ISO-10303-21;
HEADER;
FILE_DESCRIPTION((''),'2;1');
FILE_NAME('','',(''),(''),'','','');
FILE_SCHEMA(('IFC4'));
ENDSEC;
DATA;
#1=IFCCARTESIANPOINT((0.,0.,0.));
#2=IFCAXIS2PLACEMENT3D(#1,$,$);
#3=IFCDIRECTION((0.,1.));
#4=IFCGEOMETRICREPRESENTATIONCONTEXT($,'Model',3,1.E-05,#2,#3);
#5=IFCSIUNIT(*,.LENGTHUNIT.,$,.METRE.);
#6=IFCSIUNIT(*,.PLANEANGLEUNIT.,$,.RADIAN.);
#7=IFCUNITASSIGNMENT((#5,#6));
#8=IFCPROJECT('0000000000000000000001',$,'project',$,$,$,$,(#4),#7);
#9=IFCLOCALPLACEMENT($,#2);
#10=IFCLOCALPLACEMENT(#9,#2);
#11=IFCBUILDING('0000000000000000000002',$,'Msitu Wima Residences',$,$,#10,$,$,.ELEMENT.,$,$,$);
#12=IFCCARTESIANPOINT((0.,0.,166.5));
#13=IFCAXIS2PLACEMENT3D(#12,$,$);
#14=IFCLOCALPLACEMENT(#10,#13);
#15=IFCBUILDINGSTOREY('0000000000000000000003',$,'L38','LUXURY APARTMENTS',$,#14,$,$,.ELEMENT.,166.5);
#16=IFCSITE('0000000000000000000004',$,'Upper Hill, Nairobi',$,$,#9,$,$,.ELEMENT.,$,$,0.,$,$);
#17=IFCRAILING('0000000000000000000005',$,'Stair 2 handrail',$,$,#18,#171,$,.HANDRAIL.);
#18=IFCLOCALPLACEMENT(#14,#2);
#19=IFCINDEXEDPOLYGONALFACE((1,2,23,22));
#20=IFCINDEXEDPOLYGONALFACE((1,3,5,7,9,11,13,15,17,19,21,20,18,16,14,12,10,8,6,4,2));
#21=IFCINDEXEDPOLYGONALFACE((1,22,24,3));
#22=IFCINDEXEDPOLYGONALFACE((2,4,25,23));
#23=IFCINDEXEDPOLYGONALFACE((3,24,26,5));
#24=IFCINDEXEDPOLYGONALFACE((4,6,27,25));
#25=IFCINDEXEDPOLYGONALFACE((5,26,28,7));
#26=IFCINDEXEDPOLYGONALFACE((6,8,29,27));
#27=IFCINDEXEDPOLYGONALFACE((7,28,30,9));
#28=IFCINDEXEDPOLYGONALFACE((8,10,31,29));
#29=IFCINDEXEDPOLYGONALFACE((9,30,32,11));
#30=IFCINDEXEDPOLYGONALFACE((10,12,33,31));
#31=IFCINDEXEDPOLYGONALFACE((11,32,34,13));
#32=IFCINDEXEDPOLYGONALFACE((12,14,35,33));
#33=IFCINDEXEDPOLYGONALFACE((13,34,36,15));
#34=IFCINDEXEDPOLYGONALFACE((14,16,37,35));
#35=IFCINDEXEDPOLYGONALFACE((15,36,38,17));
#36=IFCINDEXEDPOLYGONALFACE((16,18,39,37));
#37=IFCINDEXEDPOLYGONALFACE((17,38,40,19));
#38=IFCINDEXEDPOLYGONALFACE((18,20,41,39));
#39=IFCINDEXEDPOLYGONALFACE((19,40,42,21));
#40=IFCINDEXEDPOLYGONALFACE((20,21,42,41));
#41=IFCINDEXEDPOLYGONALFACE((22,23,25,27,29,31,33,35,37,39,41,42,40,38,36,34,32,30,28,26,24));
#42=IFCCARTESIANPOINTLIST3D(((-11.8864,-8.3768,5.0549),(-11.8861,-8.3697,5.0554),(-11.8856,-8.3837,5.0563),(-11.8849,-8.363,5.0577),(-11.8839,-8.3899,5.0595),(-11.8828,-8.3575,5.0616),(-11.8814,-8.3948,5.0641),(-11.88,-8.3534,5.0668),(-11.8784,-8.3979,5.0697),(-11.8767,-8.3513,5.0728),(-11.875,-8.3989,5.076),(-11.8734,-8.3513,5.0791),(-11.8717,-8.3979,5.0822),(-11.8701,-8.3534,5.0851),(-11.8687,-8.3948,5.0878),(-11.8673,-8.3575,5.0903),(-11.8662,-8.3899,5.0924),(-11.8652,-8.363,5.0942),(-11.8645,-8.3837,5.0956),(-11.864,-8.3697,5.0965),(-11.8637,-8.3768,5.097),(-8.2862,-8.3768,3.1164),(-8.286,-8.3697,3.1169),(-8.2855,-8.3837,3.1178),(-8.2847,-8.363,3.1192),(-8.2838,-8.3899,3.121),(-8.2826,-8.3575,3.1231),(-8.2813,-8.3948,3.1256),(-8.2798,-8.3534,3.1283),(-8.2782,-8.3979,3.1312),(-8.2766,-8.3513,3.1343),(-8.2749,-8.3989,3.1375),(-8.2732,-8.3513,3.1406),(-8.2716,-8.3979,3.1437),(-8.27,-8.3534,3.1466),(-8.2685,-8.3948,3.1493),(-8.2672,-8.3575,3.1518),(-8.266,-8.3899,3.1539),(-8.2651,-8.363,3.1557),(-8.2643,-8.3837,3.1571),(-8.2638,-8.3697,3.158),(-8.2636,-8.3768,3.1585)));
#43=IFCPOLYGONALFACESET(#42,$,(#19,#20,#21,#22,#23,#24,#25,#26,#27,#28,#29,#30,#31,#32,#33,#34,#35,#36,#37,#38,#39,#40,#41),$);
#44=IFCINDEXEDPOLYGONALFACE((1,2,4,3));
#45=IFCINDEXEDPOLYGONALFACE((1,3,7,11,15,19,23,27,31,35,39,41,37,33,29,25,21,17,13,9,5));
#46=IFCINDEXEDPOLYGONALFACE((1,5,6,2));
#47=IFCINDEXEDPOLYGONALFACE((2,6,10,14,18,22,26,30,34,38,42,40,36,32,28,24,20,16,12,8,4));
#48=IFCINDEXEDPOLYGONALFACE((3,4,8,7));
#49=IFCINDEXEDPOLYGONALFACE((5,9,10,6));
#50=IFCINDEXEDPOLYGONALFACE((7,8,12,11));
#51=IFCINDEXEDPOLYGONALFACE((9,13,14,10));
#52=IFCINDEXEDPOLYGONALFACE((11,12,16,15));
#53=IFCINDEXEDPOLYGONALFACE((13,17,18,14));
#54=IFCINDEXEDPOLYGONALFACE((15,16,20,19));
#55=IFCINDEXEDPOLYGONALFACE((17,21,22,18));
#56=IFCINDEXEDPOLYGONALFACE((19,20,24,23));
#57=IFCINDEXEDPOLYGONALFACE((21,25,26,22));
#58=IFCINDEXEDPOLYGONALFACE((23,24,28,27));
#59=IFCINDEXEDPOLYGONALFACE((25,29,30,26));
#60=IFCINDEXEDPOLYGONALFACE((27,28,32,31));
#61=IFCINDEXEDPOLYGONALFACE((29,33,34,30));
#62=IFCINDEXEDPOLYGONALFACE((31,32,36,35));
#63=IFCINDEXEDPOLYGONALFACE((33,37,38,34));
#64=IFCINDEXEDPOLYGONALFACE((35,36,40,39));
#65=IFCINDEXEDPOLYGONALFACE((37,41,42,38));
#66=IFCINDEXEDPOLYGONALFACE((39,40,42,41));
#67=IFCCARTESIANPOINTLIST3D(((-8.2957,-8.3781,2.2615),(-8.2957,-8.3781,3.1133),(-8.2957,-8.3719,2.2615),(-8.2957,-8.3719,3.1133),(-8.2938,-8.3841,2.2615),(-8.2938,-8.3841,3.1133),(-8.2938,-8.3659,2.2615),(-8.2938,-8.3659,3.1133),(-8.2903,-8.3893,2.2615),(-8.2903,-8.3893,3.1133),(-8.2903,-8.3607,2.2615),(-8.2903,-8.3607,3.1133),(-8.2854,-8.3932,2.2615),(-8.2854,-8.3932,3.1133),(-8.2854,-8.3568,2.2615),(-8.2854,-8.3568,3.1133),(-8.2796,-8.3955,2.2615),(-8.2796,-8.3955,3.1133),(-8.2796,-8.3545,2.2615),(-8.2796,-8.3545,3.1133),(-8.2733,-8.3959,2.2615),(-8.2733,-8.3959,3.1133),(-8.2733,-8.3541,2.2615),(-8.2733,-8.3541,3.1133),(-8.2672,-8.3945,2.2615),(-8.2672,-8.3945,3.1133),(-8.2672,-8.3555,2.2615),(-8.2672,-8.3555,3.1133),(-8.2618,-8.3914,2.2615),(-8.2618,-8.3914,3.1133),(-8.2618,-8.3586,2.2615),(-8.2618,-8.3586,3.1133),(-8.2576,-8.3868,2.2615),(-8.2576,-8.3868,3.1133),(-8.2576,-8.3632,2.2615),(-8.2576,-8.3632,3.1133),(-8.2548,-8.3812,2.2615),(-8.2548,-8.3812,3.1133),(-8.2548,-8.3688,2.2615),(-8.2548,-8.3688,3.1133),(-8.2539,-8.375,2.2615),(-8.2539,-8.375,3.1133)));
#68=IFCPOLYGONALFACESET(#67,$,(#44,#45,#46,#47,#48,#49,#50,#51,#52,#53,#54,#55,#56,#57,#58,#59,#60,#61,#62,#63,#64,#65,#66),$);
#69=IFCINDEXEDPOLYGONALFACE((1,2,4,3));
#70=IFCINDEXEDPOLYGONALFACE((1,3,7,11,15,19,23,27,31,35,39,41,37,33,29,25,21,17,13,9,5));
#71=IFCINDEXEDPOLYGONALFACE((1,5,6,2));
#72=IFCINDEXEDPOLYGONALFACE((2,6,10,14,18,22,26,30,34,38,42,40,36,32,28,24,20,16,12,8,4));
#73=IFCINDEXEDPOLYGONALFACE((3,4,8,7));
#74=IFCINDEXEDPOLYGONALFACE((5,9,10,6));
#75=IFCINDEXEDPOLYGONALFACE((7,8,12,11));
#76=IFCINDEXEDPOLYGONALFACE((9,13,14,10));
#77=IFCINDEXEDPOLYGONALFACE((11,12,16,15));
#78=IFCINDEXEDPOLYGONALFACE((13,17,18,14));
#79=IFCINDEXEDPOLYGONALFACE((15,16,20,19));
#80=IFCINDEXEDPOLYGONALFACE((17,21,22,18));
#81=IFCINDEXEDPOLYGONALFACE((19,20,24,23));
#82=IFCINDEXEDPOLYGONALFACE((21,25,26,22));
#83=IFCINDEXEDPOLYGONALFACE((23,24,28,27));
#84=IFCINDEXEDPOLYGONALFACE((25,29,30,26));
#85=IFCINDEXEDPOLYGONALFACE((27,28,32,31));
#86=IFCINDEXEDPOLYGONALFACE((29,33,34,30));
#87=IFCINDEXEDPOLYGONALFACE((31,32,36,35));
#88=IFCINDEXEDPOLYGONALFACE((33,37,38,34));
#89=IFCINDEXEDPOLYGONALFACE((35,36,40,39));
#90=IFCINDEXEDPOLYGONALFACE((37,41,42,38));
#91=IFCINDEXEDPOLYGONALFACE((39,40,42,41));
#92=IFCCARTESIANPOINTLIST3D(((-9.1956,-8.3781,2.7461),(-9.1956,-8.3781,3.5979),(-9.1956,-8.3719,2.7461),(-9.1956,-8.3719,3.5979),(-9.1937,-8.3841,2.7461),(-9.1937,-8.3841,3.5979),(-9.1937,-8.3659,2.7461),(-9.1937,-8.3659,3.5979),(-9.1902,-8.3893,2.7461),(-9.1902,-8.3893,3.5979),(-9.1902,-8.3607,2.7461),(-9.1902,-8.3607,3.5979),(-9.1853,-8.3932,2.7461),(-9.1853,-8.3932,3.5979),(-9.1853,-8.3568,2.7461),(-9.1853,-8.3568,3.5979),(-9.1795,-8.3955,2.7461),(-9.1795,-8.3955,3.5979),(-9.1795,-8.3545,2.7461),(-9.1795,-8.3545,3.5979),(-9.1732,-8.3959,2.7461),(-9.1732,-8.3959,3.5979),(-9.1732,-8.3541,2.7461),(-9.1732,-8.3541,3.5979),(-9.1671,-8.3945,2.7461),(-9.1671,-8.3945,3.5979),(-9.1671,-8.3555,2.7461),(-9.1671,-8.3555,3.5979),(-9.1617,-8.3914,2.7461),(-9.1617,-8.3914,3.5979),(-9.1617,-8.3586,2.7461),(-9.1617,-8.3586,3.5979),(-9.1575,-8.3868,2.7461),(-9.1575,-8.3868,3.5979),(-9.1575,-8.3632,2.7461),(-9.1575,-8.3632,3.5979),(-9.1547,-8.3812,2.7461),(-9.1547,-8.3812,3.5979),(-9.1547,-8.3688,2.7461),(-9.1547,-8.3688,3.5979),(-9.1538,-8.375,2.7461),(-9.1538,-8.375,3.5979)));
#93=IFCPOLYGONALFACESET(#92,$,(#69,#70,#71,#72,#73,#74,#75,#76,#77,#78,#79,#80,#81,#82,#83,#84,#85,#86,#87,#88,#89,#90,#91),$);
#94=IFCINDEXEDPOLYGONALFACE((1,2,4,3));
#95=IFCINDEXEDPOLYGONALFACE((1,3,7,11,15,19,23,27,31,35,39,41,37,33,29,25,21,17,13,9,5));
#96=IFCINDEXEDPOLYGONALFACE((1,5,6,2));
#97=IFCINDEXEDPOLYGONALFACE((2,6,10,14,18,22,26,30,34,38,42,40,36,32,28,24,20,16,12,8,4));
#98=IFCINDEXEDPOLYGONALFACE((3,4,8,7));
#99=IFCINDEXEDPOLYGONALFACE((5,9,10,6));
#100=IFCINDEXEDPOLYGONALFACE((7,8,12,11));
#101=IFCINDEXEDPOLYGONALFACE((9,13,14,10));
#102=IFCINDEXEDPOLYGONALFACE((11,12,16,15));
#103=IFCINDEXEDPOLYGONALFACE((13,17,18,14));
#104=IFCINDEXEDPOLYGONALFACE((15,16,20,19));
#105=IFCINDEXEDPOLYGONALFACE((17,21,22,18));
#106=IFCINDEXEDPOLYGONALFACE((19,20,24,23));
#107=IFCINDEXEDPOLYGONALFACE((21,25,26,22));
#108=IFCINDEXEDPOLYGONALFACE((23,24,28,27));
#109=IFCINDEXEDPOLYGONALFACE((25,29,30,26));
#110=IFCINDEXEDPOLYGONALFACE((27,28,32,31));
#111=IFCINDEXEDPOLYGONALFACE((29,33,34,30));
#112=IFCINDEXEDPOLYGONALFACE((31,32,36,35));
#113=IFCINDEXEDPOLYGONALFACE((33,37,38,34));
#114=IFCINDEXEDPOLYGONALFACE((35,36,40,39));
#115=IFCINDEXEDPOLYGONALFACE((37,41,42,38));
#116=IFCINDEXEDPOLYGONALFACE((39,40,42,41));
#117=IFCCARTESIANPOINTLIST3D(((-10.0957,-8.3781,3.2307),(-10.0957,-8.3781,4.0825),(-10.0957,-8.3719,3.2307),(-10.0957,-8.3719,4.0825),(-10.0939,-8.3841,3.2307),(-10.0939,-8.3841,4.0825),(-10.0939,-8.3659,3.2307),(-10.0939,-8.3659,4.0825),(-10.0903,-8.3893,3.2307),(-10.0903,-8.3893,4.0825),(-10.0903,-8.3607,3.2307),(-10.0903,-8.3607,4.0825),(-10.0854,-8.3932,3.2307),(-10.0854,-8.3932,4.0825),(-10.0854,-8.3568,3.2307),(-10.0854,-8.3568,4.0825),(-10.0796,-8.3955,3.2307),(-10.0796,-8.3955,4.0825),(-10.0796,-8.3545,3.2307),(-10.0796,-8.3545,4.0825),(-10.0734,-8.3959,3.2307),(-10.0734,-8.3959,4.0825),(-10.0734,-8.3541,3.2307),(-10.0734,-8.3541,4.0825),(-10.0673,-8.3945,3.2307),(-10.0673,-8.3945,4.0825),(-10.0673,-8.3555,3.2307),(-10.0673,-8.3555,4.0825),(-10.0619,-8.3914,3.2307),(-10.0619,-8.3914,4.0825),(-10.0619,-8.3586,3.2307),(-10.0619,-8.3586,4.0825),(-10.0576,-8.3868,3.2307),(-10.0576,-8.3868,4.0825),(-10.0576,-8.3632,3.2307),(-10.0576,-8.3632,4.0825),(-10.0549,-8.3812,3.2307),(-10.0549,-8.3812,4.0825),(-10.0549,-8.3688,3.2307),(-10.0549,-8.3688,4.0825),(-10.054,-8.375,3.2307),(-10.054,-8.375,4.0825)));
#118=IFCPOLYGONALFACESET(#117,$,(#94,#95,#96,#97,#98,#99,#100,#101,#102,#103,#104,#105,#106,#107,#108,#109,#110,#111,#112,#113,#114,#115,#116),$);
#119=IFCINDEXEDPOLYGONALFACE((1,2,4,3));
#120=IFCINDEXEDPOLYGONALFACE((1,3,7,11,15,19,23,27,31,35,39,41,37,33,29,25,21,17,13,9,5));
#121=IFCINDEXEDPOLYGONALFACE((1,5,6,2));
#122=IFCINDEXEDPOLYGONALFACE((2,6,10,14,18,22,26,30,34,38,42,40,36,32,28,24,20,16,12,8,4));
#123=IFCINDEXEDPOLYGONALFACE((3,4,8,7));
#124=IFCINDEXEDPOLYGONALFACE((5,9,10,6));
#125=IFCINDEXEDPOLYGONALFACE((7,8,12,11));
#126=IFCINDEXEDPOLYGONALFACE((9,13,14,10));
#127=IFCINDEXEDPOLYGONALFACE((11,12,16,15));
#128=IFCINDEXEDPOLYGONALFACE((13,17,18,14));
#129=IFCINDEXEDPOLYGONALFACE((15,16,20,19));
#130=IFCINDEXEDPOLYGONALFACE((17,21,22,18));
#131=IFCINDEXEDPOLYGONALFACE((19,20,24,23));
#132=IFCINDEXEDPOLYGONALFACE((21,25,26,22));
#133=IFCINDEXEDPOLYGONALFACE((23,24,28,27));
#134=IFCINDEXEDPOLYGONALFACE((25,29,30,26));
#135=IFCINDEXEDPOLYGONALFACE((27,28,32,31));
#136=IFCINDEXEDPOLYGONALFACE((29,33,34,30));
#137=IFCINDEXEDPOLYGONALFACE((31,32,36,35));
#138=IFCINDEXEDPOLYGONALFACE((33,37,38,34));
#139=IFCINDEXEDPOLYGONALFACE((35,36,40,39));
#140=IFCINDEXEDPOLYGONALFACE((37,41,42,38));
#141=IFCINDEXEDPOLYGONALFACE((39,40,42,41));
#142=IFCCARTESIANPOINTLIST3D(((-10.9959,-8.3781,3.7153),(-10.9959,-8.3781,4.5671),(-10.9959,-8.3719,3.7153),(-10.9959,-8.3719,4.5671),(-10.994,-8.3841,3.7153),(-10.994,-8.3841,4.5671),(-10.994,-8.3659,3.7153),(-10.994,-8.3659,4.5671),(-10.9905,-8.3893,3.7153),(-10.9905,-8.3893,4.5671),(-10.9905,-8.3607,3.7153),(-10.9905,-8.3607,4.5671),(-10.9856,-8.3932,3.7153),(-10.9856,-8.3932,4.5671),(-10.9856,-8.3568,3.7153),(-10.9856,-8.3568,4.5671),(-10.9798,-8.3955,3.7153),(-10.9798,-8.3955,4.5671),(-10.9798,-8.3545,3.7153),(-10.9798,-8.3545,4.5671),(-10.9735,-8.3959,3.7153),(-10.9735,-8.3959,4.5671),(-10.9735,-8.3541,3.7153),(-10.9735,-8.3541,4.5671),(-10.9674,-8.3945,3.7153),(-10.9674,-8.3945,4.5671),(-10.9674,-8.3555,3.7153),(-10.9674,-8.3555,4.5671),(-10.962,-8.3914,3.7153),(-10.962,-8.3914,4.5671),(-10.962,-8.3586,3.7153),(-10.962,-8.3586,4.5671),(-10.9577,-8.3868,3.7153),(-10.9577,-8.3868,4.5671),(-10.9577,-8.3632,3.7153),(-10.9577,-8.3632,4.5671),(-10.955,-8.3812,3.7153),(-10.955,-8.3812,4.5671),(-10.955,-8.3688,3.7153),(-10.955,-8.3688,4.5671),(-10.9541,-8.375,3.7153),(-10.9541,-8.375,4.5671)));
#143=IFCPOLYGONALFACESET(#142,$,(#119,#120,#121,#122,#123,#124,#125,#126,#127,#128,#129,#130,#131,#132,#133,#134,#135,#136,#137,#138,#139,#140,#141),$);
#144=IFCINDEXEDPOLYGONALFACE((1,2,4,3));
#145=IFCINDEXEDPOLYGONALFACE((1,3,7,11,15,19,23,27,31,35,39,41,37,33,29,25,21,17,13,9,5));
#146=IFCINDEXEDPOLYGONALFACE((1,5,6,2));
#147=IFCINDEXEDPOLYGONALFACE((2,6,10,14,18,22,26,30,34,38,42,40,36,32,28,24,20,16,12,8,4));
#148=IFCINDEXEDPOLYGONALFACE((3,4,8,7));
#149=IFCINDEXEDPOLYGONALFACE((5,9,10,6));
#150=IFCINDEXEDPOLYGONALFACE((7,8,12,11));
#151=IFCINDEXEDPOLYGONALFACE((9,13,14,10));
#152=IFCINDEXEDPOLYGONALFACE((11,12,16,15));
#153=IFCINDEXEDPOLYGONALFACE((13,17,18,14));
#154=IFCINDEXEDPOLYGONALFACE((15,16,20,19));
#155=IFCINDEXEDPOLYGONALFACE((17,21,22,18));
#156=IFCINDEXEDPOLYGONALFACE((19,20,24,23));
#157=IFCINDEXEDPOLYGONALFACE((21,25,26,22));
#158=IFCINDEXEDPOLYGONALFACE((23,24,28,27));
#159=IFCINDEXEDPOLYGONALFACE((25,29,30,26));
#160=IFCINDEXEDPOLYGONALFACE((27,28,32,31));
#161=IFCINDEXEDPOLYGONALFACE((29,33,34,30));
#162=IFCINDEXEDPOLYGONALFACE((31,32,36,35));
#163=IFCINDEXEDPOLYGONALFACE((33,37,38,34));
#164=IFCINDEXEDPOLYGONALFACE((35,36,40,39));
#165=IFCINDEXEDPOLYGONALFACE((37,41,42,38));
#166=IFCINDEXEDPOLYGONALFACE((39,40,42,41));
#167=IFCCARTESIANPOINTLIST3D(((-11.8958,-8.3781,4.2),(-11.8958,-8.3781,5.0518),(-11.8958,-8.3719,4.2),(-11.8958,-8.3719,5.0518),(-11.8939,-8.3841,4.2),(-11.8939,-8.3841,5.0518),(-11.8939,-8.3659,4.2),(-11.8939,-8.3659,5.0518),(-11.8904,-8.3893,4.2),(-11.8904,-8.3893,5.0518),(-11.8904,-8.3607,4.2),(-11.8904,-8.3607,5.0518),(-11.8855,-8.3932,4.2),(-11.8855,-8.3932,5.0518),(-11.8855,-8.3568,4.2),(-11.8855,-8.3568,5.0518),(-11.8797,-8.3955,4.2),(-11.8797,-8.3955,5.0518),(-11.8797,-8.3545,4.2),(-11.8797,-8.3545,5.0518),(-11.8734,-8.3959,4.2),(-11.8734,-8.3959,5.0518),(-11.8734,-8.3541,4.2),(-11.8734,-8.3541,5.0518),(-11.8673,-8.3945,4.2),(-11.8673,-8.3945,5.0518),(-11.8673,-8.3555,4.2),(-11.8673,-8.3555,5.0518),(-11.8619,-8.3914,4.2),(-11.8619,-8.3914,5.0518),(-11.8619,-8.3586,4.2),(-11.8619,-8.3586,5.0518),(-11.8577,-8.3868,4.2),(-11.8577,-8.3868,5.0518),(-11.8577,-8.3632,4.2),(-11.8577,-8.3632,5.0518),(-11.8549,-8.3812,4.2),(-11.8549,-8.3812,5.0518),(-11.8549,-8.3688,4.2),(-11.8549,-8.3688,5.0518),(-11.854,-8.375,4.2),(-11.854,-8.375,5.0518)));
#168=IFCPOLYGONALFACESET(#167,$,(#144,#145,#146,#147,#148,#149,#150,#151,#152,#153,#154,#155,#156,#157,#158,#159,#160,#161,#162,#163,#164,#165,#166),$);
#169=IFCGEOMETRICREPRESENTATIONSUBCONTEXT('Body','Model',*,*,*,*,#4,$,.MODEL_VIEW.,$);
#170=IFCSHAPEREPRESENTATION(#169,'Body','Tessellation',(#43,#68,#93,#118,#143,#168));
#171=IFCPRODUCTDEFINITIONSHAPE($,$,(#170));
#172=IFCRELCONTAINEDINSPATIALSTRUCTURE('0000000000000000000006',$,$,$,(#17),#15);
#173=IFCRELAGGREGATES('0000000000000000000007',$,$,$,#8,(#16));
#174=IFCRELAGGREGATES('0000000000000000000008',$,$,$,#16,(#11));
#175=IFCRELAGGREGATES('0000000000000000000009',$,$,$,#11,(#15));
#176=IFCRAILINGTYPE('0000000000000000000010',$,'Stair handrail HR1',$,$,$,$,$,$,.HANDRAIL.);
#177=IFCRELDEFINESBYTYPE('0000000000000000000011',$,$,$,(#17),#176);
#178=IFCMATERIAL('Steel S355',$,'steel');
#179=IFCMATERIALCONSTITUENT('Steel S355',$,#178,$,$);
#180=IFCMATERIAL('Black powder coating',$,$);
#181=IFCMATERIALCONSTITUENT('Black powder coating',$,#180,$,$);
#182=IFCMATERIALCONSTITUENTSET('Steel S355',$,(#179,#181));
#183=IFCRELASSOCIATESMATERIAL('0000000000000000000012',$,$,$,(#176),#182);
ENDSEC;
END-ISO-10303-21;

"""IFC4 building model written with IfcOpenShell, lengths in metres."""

from ifc_helpers import new_model, si_unit, direction, frame, origin, origin_2d, place, context, subcontext, project, spatial, circle, extrude, material, constituent, constituent_set, type_object, element, save


model = new_model("IFC4")

# Units and contexts
model_context = context("Model", 3, precision=1e-05, world=origin(), true_north=direction((0.0, 1.0)))
body_context = subcontext(model_context, "Body", "Model", "MODEL_VIEW")
ifc_project = project(units=[si_unit("LENGTHUNIT", "METRE"), si_unit("PLANEANGLEUNIT", "RADIAN")], contexts=[model_context])

# Site, building, storey
site_placement = place(None, origin())
site = spatial("IfcSite", under=ifc_project, at=site_placement, Name="Upper Hill, Nairobi", CompositionType="ELEMENT", RefElevation=0.0)
building_placement = place(site_placement, origin())
building = spatial("IfcBuilding", under=site, at=building_placement, Name="Msitu Wima Residences", CompositionType="ELEMENT")
storey_placement = place(building_placement, frame((0.0, 0.0, 166.5)))
storey = spatial("IfcBuildingStorey", under=building, at=storey_placement, Name="L38", Description="LUXURY APARTMENTS", CompositionType="ELEMENT", Elevation=166.5)

# Railing
ifc_material_1 = material(Name="Steel S355", Category="steel")
ifc_constituent_1 = constituent(ifc_material_1, Name="Steel S355")
ifc_material_2 = material(Name="Black powder coating")
ifc_constituent_2 = constituent(ifc_material_2, Name="Black powder coating")
ifc_constituent_set = constituent_set(constituents=[ifc_constituent_1, ifc_constituent_2], Name="Steel S355")
railing_type = type_object("IfcRailingType", Name="Stair handrail HR1", PredefinedType="HANDRAIL", material=ifc_constituent_set)
for number, where, name in (
    (1, (-8.2749, -8.375, 2.2615), "Stair 2 handrail"),
):
    element("IfcRailing", number, at=place(storey_placement, frame(where)), inside=storey, type_object=railing_type, Name=name, PredefinedType="HANDRAIL", context=body_context, shape_type="SweptSolid", body=[
        extrude(circle(Radius=0.0239, at=origin_2d()), frame((0.0, 0.0, 0.876), z_axis=(-0.880475, 0.0, 0.474093), x_axis=(0.0, -1.0, 0.0)), (0.0, 0.0, 1.0), 4.0889),
        extrude(circle(Radius=0.021, at=origin_2d()), origin(), (0.0, 0.0, 1.0), 0.8518),
        extrude(circle(Radius=0.021, at=origin_2d()), frame((-0.8999, 0.0, 0.4846)), (0.0, 0.0, 1.0), 0.8518),
        extrude(circle(Radius=0.021, at=origin_2d()), frame((-1.8, 0.0, 0.9692)), (0.0, 0.0, 1.0), 0.8518),
        extrude(circle(Radius=0.021, at=origin_2d()), frame((-2.7002, 0.0, 1.4539)), (0.0, 0.0, 1.0), 0.8518),
        extrude(circle(Radius=0.021, at=origin_2d()), frame((-3.6001, 0.0, 1.9385)), (0.0, 0.0, 1.0), 0.8518),
    ])

save(model, "model.ifc")
